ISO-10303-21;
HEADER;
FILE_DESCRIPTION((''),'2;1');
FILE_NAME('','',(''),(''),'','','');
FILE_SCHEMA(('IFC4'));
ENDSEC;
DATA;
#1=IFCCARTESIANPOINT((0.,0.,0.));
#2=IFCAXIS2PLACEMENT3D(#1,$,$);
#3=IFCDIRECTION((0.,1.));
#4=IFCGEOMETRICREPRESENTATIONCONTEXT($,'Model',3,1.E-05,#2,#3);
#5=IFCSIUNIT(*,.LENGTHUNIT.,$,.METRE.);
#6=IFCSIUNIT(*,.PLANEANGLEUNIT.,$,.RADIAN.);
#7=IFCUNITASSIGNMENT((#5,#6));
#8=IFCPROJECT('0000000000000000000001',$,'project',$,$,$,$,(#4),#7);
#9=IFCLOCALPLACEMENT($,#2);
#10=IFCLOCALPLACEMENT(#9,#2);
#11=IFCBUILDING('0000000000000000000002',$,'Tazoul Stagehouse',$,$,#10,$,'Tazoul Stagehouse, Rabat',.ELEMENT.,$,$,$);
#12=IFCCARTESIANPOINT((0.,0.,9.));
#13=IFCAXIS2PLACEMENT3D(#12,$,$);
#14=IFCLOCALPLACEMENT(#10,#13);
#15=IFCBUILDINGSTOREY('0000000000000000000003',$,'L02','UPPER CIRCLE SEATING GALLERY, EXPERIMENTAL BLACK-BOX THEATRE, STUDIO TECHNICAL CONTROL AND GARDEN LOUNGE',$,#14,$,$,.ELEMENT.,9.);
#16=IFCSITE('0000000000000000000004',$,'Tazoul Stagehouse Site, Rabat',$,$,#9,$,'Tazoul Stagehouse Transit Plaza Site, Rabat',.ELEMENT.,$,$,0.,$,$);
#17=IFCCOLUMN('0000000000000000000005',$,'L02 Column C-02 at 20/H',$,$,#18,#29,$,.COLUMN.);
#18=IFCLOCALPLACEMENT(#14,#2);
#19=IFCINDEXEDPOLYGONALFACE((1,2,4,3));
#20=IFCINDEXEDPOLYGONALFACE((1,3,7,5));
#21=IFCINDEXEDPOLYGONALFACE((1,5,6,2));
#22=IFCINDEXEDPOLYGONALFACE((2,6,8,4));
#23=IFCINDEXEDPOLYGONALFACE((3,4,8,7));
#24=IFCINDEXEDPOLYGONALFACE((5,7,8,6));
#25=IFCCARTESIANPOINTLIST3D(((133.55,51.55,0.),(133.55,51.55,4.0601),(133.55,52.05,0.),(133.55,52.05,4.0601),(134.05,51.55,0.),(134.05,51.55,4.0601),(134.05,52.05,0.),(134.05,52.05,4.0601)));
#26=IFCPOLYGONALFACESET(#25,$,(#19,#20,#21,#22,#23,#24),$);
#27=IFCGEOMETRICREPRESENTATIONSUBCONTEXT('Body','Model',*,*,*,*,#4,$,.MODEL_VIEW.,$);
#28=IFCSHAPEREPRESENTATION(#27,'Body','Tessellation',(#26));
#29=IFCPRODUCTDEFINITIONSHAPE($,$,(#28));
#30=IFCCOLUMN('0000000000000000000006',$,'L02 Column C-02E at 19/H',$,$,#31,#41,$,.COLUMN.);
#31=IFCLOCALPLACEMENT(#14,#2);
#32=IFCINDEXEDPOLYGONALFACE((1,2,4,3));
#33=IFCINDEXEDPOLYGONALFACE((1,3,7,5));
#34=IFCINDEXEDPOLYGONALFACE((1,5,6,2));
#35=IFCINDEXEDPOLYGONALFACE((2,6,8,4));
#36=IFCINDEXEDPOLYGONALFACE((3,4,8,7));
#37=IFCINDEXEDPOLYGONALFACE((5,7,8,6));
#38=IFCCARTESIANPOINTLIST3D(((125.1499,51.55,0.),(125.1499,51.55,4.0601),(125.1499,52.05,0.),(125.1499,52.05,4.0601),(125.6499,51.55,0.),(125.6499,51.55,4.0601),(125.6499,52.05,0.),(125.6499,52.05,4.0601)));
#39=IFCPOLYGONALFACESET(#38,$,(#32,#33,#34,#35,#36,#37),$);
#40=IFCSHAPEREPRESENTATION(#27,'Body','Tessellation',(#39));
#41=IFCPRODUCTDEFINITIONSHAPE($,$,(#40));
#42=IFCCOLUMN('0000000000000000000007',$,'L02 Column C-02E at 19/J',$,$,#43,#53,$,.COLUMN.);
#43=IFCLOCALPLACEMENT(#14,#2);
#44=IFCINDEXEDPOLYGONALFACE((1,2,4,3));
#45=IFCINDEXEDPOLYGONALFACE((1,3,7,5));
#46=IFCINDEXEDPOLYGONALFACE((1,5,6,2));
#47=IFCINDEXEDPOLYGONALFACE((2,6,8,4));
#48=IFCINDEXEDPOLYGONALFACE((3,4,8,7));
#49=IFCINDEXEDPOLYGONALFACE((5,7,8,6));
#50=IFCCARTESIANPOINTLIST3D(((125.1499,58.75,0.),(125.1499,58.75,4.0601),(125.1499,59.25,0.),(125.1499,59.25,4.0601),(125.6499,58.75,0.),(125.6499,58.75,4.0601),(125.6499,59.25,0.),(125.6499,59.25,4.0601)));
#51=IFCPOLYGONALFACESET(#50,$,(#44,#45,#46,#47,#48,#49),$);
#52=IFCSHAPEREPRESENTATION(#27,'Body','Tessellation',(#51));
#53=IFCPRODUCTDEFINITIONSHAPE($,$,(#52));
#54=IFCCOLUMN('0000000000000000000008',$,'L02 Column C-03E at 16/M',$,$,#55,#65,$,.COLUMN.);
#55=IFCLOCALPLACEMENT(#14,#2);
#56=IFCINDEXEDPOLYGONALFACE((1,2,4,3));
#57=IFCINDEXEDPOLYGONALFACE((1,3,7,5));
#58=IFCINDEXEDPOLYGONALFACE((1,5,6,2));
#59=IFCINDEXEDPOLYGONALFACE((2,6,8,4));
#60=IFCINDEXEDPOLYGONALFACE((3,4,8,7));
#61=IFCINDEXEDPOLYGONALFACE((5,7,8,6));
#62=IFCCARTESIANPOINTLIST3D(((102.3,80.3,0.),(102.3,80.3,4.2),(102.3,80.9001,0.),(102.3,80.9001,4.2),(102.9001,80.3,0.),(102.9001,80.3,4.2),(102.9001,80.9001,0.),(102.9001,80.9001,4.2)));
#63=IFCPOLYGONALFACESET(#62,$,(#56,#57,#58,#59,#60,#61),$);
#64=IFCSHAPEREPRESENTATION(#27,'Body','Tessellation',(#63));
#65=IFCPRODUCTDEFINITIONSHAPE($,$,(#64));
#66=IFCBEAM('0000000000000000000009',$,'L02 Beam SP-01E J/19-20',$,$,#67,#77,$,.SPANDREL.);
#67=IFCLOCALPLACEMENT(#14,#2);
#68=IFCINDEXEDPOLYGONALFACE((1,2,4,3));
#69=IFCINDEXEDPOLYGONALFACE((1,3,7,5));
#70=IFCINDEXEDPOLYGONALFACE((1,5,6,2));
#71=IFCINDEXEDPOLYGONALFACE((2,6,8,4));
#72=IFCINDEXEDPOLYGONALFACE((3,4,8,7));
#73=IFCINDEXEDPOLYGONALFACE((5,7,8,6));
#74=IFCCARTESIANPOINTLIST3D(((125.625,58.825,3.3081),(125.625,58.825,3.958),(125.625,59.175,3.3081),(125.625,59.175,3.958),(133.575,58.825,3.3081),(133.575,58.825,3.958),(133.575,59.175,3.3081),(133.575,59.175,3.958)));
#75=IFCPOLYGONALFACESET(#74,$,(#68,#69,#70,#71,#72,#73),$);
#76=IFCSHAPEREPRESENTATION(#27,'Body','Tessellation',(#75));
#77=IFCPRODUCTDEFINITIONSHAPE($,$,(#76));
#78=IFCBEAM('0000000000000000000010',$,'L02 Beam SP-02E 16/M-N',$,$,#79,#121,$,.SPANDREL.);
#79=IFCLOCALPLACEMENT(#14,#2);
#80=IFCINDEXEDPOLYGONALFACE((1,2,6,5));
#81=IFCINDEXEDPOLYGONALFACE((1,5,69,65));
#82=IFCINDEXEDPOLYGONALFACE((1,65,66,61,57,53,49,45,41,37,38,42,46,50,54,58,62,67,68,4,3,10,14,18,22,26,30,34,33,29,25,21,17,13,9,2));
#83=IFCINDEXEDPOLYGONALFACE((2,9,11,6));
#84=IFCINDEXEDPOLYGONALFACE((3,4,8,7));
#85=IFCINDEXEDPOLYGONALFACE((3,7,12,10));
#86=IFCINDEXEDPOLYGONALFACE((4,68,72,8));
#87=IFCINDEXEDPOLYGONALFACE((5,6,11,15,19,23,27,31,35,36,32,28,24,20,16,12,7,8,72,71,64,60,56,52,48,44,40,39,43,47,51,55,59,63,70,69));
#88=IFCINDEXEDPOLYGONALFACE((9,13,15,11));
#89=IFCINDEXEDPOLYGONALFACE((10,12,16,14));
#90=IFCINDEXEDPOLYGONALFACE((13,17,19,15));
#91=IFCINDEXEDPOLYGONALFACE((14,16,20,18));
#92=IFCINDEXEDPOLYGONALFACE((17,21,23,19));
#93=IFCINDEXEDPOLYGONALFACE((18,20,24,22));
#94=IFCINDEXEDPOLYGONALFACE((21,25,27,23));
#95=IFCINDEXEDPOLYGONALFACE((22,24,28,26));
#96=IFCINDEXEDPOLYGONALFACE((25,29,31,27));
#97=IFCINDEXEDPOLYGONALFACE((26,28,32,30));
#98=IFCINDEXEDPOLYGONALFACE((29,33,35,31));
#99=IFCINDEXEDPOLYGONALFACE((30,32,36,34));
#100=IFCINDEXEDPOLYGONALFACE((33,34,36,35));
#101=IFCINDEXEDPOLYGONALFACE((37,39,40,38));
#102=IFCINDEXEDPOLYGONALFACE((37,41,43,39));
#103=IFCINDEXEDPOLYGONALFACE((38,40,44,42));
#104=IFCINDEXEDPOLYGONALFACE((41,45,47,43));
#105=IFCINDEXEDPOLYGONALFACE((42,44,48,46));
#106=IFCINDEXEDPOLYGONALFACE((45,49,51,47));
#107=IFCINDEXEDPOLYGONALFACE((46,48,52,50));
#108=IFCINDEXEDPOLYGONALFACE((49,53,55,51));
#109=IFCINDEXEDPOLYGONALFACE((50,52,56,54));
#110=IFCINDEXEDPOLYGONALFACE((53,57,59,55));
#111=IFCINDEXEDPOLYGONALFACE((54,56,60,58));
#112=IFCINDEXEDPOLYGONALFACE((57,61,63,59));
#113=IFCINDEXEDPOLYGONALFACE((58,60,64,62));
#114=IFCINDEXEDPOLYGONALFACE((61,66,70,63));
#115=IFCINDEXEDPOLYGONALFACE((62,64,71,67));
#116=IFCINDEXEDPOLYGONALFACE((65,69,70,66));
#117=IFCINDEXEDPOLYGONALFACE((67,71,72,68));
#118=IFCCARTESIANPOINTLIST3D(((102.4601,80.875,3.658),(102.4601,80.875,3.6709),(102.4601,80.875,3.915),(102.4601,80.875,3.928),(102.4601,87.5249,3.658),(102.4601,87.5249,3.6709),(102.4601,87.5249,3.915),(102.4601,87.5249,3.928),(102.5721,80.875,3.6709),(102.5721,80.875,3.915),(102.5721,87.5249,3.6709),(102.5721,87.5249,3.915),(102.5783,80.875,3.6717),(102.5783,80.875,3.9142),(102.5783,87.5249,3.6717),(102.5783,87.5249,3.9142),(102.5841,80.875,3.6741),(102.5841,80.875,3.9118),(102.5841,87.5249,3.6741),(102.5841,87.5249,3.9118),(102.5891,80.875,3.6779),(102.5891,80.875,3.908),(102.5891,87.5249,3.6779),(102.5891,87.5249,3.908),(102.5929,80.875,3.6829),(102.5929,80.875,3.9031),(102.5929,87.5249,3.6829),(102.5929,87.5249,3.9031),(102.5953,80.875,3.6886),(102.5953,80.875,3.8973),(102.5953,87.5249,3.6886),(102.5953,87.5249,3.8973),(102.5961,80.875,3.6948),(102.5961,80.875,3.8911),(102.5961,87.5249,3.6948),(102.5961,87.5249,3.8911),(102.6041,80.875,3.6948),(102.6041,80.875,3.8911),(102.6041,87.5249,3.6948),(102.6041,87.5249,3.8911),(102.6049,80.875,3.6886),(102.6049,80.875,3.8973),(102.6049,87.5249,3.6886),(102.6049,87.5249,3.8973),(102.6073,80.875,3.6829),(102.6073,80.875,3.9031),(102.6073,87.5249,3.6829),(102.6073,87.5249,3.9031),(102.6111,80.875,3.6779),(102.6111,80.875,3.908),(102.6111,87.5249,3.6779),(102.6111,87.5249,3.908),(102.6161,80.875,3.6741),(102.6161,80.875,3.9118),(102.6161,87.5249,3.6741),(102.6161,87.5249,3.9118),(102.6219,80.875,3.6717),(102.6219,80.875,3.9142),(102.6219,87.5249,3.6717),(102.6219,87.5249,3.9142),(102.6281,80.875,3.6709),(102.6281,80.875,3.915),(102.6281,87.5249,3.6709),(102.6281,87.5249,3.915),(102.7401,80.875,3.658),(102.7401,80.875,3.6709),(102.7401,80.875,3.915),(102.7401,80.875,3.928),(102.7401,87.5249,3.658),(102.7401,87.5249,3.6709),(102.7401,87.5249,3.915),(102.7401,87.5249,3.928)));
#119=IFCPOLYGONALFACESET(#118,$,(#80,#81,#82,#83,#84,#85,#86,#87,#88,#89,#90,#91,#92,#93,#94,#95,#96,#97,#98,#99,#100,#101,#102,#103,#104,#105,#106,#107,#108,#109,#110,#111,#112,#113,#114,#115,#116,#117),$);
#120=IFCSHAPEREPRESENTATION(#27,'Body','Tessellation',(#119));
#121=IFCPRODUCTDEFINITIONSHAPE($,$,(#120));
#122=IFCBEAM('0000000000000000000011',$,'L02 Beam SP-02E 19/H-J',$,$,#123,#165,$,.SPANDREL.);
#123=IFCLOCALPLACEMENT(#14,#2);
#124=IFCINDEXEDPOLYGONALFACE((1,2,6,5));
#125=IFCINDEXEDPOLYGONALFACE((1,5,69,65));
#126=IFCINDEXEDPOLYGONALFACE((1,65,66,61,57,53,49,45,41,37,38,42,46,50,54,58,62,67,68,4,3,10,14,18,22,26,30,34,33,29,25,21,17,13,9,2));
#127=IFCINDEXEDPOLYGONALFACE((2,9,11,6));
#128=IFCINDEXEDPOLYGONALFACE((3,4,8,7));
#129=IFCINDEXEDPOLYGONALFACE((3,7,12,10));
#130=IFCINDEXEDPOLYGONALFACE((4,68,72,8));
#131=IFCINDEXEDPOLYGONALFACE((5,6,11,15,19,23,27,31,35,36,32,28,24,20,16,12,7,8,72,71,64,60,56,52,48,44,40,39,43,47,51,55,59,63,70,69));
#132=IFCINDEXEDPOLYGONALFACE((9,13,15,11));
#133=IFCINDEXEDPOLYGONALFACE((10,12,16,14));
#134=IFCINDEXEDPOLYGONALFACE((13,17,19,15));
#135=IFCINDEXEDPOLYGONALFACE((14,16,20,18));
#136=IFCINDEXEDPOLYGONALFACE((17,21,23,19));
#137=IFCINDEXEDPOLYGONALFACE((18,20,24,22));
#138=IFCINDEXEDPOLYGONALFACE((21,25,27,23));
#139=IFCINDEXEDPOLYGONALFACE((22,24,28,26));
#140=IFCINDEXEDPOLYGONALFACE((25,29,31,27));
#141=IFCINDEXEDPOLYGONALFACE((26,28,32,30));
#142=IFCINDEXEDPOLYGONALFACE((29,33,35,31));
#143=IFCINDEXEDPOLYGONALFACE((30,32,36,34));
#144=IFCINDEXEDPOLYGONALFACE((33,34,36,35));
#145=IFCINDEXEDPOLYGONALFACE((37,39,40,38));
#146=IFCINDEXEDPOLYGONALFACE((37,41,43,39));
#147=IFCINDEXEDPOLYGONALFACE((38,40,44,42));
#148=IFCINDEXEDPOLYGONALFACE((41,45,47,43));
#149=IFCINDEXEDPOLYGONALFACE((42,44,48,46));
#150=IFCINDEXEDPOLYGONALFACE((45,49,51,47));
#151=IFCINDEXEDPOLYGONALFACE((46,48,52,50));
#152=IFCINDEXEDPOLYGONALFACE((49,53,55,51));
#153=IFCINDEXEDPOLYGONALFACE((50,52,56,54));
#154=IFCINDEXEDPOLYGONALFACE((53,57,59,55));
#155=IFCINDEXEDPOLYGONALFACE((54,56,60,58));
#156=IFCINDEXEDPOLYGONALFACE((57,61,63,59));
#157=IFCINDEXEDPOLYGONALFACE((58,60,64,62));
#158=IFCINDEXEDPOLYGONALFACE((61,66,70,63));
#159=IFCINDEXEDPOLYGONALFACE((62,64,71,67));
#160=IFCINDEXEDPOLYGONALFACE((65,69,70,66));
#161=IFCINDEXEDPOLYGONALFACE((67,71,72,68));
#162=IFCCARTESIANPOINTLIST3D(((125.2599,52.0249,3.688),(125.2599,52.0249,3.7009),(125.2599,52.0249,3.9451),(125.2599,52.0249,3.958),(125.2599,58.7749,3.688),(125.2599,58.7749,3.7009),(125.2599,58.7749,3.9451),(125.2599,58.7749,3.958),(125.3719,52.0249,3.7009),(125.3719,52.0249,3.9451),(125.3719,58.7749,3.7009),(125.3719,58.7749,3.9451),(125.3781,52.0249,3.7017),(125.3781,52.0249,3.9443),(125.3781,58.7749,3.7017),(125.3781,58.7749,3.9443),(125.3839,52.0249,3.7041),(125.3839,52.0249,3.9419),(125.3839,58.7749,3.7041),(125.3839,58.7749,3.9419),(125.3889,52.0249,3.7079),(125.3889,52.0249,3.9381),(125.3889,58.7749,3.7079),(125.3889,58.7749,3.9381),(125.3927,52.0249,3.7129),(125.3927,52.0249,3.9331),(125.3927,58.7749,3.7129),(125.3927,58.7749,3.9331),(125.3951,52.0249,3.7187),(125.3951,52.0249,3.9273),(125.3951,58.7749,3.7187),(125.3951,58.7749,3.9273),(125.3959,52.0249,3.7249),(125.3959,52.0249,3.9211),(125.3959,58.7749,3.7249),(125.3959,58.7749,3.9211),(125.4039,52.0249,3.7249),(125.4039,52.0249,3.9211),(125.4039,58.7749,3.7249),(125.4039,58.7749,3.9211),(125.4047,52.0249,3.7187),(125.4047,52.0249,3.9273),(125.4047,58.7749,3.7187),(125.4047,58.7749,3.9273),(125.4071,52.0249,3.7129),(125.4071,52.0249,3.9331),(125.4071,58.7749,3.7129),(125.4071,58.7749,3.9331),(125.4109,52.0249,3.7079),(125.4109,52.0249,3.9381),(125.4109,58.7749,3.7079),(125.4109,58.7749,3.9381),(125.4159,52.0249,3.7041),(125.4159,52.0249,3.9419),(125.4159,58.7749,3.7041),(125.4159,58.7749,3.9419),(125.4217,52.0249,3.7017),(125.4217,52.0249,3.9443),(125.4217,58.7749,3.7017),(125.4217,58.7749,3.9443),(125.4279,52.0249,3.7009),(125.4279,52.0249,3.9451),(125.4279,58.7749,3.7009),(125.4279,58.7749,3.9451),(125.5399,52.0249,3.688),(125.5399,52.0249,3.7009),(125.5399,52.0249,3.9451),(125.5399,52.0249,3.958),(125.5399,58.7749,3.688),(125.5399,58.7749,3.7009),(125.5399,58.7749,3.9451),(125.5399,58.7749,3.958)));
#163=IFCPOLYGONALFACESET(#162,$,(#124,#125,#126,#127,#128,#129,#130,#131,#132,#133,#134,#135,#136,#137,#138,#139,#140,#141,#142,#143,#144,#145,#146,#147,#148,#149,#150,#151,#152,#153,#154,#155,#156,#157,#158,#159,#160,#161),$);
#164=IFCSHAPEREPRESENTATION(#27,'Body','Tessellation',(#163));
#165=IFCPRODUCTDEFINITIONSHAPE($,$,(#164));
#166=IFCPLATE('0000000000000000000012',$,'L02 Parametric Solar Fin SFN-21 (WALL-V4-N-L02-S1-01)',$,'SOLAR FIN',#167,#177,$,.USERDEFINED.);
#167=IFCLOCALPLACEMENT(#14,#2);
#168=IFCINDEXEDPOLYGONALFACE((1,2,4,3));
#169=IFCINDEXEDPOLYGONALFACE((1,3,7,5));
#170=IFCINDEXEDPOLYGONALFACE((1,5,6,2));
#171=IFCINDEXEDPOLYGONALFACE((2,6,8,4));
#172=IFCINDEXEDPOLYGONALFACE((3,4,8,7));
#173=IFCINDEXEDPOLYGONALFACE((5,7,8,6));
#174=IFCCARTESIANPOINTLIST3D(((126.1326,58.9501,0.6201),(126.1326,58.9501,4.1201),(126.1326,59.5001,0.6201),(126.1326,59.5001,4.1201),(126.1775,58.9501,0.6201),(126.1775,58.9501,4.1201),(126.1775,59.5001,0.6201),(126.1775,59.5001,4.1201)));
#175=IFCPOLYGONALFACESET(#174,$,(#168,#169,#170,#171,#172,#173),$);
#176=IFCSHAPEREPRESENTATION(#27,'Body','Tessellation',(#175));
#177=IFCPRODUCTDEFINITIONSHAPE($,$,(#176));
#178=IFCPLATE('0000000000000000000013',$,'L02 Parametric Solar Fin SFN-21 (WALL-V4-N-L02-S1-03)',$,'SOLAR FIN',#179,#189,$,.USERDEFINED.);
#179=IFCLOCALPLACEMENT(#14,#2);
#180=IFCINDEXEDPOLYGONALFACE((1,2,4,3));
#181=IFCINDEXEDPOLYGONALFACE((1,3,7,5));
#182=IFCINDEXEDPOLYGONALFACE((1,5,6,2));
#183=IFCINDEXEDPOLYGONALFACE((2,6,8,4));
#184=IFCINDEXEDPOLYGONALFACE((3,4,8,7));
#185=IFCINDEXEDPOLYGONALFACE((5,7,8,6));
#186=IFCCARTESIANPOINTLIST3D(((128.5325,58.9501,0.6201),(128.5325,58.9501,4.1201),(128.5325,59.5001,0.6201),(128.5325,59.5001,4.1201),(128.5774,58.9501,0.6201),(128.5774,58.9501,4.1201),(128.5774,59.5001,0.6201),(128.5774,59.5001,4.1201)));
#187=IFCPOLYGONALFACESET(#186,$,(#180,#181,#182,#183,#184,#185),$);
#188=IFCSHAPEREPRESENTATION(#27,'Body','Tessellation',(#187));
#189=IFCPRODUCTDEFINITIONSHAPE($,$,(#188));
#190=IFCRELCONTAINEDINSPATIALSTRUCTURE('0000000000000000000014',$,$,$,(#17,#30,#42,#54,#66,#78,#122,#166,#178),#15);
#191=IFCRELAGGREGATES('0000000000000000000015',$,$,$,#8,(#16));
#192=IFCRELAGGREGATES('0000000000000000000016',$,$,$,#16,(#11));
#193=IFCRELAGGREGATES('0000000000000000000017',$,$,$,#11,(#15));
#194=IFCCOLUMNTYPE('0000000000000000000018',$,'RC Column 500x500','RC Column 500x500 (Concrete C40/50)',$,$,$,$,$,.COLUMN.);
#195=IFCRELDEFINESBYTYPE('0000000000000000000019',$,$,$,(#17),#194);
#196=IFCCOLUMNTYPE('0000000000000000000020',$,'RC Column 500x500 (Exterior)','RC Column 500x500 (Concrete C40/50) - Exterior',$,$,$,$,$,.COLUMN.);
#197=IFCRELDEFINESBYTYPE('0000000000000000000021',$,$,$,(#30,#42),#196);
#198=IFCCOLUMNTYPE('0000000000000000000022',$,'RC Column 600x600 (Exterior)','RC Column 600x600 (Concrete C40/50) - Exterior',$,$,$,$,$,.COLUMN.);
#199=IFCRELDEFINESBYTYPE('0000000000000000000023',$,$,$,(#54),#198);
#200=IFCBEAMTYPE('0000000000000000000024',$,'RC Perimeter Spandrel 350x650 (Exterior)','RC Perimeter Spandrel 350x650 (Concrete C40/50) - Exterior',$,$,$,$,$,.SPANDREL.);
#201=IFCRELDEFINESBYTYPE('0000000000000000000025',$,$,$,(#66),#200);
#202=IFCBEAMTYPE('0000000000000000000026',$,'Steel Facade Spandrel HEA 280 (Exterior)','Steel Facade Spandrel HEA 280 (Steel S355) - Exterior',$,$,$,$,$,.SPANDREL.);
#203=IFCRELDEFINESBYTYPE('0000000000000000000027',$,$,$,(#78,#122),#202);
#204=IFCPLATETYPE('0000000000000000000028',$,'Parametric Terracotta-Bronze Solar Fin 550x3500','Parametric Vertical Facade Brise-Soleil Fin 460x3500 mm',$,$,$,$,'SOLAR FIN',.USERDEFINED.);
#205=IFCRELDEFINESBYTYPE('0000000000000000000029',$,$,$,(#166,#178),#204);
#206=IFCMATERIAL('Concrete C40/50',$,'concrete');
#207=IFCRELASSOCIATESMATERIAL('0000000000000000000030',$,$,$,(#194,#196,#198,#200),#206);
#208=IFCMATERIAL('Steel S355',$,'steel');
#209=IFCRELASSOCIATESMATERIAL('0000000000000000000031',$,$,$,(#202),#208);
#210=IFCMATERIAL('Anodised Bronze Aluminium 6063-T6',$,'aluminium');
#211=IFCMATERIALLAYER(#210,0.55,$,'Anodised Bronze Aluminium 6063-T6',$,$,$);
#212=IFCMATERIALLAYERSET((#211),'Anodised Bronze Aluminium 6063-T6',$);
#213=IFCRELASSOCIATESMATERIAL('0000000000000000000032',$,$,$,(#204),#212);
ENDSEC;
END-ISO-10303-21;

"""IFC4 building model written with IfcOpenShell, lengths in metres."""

from ifc_helpers import new_model, si_unit, direction, frame, origin, origin_2d, place, context, subcontext, project, spatial, rectangle, i_section, extrude, material, layer, layer_set, material_profile, profile_set, type_object, element, save


model = new_model("IFC4")

# Units and contexts
model_context = context("Model", 3, precision=1e-05, world=origin(), true_north=direction((0.0, 1.0)))
body_context = subcontext(model_context, "Body", "Model", "MODEL_VIEW")
ifc_project = project(units=[si_unit("LENGTHUNIT", "METRE"), si_unit("PLANEANGLEUNIT", "RADIAN")], contexts=[model_context])

# Site, building, storey
site_placement = place(None, origin())
site = spatial("IfcSite", under=ifc_project, at=site_placement, Name="Tazoul Stagehouse Site, Rabat", LongName="Tazoul Stagehouse Transit Plaza Site, Rabat", CompositionType="ELEMENT", RefElevation=0.0)
building_placement = place(site_placement, origin())
building = spatial("IfcBuilding", under=site, at=building_placement, Name="Tazoul Stagehouse", LongName="Tazoul Stagehouse, Rabat", CompositionType="ELEMENT")
storey_placement = place(building_placement, frame((0.0, 0.0, 9.0)))
storey = spatial("IfcBuildingStorey", under=building, at=storey_placement, Name="L02", Description="UPPER CIRCLE SEATING GALLERY, EXPERIMENTAL BLACK-BOX THEATRE, STUDIO TECHNICAL CONTROL AND GARDEN LOUNGE", CompositionType="ELEMENT", Elevation=9.0)

# Columns
ifc_material_1 = material(Name="Concrete C40/50", Category="concrete")
ifc_material_profile_1 = material_profile(ifc_material_1, rectangle(XDim=0.5, YDim=0.5, at=origin_2d()), Name="RC 500x500")
ifc_profile_set_1 = profile_set([ifc_material_profile_1], Name="Concrete C40/50")
column_type_1 = type_object("IfcColumnType", Name="RC Column 500x500", Description="RC Column 500x500 (Concrete C40/50)", PredefinedType="COLUMN", material=ifc_profile_set_1)
column_1_placement = place(storey_placement, frame((133.8, 51.8, 0.0), z_axis=(0.0, 0.0, 1.0), x_axis=(1.0, 0.0, 0.0)))
element("IfcColumn", 1, at=column_1_placement, inside=storey, type_object=column_type_1, Name="L02 Column C-02 at 20/H", PredefinedType="COLUMN", context=body_context, shape_type="SweptSolid", body=[
    extrude(rectangle(XDim=0.5, YDim=0.5, at=origin_2d()), origin(), (0.0, 0.0, 1.0), 4.0601),
])
ifc_material_profile_2 = material_profile(ifc_material_1, rectangle(XDim=0.5, YDim=0.5, at=origin_2d()), Name="RC 500x500")
ifc_profile_set_2 = profile_set([ifc_material_profile_2], Name="Concrete C40/50")
column_type_2 = type_object("IfcColumnType", Name="RC Column 500x500 (Exterior)", Description="RC Column 500x500 (Concrete C40/50) - Exterior", PredefinedType="COLUMN", material=ifc_profile_set_2)
for number, where, z_axis, x_axis, name in (
    (2, (125.3999, 51.8, 0.0), (0.0, 0.0, 1.0), (1.0, 0.0, 0.0), "L02 Column C-02E at 19/H"),
    (3, (125.3999, 59.0, 0.0), (0.0, 0.0, 1.0), (1.0, 0.0, 0.0), "L02 Column C-02E at 19/J"),
):
    element("IfcColumn", number, at=place(storey_placement, frame(where, z_axis=z_axis, x_axis=x_axis)), inside=storey, type_object=column_type_2, Name=name, PredefinedType="COLUMN", context=body_context, shape_type="SweptSolid", body=[
        extrude(rectangle(XDim=0.5, YDim=0.5, at=origin_2d()), origin(), (0.0, 0.0, 1.0), 4.0601),
    ])
ifc_material_profile_3 = material_profile(ifc_material_1, rectangle(XDim=0.6001, YDim=0.6001, at=origin_2d()), Name="RC 600x600")
ifc_profile_set_3 = profile_set([ifc_material_profile_3], Name="Concrete C40/50")
column_type_3 = type_object("IfcColumnType", Name="RC Column 600x600 (Exterior)", Description="RC Column 600x600 (Concrete C40/50) - Exterior", PredefinedType="COLUMN", material=ifc_profile_set_3)
column_2_placement = place(storey_placement, frame((102.6001, 80.6001, 0.0), z_axis=(0.0, 0.0, 1.0), x_axis=(1.0, 0.0, 0.0)))
element("IfcColumn", 4, at=column_2_placement, inside=storey, type_object=column_type_3, Name="L02 Column C-03E at 16/M", PredefinedType="COLUMN", context=body_context, shape_type="SweptSolid", body=[
    extrude(rectangle(XDim=0.6001, YDim=0.6001, at=origin_2d()), origin(), (0.0, 0.0, 1.0), 4.2),
])

# Beams
ifc_material_profile_4 = material_profile(ifc_material_1, rectangle(XDim=0.3501, YDim=0.6499, at=origin_2d()), Name="RC 350x650")
ifc_profile_set_4 = profile_set([ifc_material_profile_4], Name="Concrete C40/50")
beam_type_1 = type_object("IfcBeamType", Name="RC Perimeter Spandrel 350x650 (Exterior)", Description="RC Perimeter Spandrel 350x650 (Concrete C40/50) - Exterior", PredefinedType="SPANDREL", material=ifc_profile_set_4)
beam_1_placement = place(storey_placement, frame((125.625, 59.0, 3.6331), z_axis=(1.0, 0.0, 0.0), x_axis=(0.0, 1.0, 0.0)))
element("IfcBeam", 5, at=beam_1_placement, inside=storey, type_object=beam_type_1, Name="L02 Beam SP-01E J/19-20", PredefinedType="SPANDREL", context=body_context, shape_type="SweptSolid", body=[
    extrude(rectangle(XDim=0.3501, YDim=0.6499, at=origin_2d()), origin(), (0.0, 0.0, 1.0), 7.95),
])
ifc_material_2 = material(Name="Steel S355", Category="steel")
ifc_material_profile_5 = material_profile(ifc_material_2, i_section(OverallWidth=0.28, OverallDepth=0.27, WebThickness=0.0081, FlangeThickness=0.0129, FilletRadius=0.0239, at=origin_2d()), Name="HEA 280")
ifc_profile_set_5 = profile_set([ifc_material_profile_5], Name="Steel S355")
beam_type_2 = type_object("IfcBeamType", Name="Steel Facade Spandrel HEA 280 (Exterior)", Description="Steel Facade Spandrel HEA 280 (Steel S355) - Exterior", PredefinedType="SPANDREL", material=ifc_profile_set_5)
beam_2_placement = place(storey_placement, frame((102.6001, 80.875, 3.793), z_axis=(0.0, 1.0, 0.0), x_axis=(-1.0, 0.0, 0.0)))
element("IfcBeam", 6, at=beam_2_placement, inside=storey, type_object=beam_type_2, Name="L02 Beam SP-02E 16/M-N", PredefinedType="SPANDREL", context=body_context, shape_type="SweptSolid", body=[
    extrude(i_section(OverallWidth=0.28, OverallDepth=0.27, WebThickness=0.0081, FlangeThickness=0.0129, FilletRadius=0.0239, at=origin_2d()), origin(), (0.0, 0.0, 1.0), 6.6499),
])
beam_3_placement = place(storey_placement, frame((125.3999, 52.0249, 3.823), z_axis=(0.0, 1.0, 0.0), x_axis=(-1.0, 0.0, 0.0)))
element("IfcBeam", 7, at=beam_3_placement, inside=storey, type_object=beam_type_2, Name="L02 Beam SP-02E 19/H-J", PredefinedType="SPANDREL", context=body_context, shape_type="SweptSolid", body=[
    extrude(i_section(OverallWidth=0.28, OverallDepth=0.27, WebThickness=0.0081, FlangeThickness=0.0129, FilletRadius=0.0239, at=origin_2d()), origin(), (0.0, 0.0, 1.0), 6.75),
])

# Plates
ifc_material_3 = material(Name="Anodised Bronze Aluminium 6063-T6", Category="aluminium")
ifc_layer_1 = layer(ifc_material_3, 0.55, Name="Anodised Bronze Aluminium 6063-T6")
ifc_layer_set_1 = layer_set([ifc_layer_1], Name="Anodised Bronze Aluminium 6063-T6")
plate_type_1 = type_object("IfcPlateType", Name="Parametric Terracotta-Bronze Solar Fin 550x3500", Description="Parametric Vertical Facade Brise-Soleil Fin 460x3500 mm", ElementType="SOLAR FIN", PredefinedType="USERDEFINED", material=ifc_layer_set_1)
for number, where, z_axis, x_axis, name in (
    (8, (126.155, 59.2251, 0.6201), (0.0, 0.0, 1.0), (1.0, 0.0, 0.0), "L02 Parametric Solar Fin SFN-21 (WALL-V4-N-L02-S1-01)"),
    (9, (128.5549, 59.2251, 0.6201), (0.0, 0.0, 1.0), (1.0, 0.0, 0.0), "L02 Parametric Solar Fin SFN-21 (WALL-V4-N-L02-S1-03)"),
):
    element("IfcPlate", number, at=place(storey_placement, frame(where, z_axis=z_axis, x_axis=x_axis)), inside=storey, type_object=plate_type_1, Name=name, ObjectType="SOLAR FIN", PredefinedType="USERDEFINED", context=body_context, shape_type="SweptSolid", body=[
        extrude(rectangle(XDim=0.0449, YDim=0.55, at=origin_2d()), origin(), (0.0, 0.0, 1.0), 3.5),
    ])

save(model, "model.ifc")
